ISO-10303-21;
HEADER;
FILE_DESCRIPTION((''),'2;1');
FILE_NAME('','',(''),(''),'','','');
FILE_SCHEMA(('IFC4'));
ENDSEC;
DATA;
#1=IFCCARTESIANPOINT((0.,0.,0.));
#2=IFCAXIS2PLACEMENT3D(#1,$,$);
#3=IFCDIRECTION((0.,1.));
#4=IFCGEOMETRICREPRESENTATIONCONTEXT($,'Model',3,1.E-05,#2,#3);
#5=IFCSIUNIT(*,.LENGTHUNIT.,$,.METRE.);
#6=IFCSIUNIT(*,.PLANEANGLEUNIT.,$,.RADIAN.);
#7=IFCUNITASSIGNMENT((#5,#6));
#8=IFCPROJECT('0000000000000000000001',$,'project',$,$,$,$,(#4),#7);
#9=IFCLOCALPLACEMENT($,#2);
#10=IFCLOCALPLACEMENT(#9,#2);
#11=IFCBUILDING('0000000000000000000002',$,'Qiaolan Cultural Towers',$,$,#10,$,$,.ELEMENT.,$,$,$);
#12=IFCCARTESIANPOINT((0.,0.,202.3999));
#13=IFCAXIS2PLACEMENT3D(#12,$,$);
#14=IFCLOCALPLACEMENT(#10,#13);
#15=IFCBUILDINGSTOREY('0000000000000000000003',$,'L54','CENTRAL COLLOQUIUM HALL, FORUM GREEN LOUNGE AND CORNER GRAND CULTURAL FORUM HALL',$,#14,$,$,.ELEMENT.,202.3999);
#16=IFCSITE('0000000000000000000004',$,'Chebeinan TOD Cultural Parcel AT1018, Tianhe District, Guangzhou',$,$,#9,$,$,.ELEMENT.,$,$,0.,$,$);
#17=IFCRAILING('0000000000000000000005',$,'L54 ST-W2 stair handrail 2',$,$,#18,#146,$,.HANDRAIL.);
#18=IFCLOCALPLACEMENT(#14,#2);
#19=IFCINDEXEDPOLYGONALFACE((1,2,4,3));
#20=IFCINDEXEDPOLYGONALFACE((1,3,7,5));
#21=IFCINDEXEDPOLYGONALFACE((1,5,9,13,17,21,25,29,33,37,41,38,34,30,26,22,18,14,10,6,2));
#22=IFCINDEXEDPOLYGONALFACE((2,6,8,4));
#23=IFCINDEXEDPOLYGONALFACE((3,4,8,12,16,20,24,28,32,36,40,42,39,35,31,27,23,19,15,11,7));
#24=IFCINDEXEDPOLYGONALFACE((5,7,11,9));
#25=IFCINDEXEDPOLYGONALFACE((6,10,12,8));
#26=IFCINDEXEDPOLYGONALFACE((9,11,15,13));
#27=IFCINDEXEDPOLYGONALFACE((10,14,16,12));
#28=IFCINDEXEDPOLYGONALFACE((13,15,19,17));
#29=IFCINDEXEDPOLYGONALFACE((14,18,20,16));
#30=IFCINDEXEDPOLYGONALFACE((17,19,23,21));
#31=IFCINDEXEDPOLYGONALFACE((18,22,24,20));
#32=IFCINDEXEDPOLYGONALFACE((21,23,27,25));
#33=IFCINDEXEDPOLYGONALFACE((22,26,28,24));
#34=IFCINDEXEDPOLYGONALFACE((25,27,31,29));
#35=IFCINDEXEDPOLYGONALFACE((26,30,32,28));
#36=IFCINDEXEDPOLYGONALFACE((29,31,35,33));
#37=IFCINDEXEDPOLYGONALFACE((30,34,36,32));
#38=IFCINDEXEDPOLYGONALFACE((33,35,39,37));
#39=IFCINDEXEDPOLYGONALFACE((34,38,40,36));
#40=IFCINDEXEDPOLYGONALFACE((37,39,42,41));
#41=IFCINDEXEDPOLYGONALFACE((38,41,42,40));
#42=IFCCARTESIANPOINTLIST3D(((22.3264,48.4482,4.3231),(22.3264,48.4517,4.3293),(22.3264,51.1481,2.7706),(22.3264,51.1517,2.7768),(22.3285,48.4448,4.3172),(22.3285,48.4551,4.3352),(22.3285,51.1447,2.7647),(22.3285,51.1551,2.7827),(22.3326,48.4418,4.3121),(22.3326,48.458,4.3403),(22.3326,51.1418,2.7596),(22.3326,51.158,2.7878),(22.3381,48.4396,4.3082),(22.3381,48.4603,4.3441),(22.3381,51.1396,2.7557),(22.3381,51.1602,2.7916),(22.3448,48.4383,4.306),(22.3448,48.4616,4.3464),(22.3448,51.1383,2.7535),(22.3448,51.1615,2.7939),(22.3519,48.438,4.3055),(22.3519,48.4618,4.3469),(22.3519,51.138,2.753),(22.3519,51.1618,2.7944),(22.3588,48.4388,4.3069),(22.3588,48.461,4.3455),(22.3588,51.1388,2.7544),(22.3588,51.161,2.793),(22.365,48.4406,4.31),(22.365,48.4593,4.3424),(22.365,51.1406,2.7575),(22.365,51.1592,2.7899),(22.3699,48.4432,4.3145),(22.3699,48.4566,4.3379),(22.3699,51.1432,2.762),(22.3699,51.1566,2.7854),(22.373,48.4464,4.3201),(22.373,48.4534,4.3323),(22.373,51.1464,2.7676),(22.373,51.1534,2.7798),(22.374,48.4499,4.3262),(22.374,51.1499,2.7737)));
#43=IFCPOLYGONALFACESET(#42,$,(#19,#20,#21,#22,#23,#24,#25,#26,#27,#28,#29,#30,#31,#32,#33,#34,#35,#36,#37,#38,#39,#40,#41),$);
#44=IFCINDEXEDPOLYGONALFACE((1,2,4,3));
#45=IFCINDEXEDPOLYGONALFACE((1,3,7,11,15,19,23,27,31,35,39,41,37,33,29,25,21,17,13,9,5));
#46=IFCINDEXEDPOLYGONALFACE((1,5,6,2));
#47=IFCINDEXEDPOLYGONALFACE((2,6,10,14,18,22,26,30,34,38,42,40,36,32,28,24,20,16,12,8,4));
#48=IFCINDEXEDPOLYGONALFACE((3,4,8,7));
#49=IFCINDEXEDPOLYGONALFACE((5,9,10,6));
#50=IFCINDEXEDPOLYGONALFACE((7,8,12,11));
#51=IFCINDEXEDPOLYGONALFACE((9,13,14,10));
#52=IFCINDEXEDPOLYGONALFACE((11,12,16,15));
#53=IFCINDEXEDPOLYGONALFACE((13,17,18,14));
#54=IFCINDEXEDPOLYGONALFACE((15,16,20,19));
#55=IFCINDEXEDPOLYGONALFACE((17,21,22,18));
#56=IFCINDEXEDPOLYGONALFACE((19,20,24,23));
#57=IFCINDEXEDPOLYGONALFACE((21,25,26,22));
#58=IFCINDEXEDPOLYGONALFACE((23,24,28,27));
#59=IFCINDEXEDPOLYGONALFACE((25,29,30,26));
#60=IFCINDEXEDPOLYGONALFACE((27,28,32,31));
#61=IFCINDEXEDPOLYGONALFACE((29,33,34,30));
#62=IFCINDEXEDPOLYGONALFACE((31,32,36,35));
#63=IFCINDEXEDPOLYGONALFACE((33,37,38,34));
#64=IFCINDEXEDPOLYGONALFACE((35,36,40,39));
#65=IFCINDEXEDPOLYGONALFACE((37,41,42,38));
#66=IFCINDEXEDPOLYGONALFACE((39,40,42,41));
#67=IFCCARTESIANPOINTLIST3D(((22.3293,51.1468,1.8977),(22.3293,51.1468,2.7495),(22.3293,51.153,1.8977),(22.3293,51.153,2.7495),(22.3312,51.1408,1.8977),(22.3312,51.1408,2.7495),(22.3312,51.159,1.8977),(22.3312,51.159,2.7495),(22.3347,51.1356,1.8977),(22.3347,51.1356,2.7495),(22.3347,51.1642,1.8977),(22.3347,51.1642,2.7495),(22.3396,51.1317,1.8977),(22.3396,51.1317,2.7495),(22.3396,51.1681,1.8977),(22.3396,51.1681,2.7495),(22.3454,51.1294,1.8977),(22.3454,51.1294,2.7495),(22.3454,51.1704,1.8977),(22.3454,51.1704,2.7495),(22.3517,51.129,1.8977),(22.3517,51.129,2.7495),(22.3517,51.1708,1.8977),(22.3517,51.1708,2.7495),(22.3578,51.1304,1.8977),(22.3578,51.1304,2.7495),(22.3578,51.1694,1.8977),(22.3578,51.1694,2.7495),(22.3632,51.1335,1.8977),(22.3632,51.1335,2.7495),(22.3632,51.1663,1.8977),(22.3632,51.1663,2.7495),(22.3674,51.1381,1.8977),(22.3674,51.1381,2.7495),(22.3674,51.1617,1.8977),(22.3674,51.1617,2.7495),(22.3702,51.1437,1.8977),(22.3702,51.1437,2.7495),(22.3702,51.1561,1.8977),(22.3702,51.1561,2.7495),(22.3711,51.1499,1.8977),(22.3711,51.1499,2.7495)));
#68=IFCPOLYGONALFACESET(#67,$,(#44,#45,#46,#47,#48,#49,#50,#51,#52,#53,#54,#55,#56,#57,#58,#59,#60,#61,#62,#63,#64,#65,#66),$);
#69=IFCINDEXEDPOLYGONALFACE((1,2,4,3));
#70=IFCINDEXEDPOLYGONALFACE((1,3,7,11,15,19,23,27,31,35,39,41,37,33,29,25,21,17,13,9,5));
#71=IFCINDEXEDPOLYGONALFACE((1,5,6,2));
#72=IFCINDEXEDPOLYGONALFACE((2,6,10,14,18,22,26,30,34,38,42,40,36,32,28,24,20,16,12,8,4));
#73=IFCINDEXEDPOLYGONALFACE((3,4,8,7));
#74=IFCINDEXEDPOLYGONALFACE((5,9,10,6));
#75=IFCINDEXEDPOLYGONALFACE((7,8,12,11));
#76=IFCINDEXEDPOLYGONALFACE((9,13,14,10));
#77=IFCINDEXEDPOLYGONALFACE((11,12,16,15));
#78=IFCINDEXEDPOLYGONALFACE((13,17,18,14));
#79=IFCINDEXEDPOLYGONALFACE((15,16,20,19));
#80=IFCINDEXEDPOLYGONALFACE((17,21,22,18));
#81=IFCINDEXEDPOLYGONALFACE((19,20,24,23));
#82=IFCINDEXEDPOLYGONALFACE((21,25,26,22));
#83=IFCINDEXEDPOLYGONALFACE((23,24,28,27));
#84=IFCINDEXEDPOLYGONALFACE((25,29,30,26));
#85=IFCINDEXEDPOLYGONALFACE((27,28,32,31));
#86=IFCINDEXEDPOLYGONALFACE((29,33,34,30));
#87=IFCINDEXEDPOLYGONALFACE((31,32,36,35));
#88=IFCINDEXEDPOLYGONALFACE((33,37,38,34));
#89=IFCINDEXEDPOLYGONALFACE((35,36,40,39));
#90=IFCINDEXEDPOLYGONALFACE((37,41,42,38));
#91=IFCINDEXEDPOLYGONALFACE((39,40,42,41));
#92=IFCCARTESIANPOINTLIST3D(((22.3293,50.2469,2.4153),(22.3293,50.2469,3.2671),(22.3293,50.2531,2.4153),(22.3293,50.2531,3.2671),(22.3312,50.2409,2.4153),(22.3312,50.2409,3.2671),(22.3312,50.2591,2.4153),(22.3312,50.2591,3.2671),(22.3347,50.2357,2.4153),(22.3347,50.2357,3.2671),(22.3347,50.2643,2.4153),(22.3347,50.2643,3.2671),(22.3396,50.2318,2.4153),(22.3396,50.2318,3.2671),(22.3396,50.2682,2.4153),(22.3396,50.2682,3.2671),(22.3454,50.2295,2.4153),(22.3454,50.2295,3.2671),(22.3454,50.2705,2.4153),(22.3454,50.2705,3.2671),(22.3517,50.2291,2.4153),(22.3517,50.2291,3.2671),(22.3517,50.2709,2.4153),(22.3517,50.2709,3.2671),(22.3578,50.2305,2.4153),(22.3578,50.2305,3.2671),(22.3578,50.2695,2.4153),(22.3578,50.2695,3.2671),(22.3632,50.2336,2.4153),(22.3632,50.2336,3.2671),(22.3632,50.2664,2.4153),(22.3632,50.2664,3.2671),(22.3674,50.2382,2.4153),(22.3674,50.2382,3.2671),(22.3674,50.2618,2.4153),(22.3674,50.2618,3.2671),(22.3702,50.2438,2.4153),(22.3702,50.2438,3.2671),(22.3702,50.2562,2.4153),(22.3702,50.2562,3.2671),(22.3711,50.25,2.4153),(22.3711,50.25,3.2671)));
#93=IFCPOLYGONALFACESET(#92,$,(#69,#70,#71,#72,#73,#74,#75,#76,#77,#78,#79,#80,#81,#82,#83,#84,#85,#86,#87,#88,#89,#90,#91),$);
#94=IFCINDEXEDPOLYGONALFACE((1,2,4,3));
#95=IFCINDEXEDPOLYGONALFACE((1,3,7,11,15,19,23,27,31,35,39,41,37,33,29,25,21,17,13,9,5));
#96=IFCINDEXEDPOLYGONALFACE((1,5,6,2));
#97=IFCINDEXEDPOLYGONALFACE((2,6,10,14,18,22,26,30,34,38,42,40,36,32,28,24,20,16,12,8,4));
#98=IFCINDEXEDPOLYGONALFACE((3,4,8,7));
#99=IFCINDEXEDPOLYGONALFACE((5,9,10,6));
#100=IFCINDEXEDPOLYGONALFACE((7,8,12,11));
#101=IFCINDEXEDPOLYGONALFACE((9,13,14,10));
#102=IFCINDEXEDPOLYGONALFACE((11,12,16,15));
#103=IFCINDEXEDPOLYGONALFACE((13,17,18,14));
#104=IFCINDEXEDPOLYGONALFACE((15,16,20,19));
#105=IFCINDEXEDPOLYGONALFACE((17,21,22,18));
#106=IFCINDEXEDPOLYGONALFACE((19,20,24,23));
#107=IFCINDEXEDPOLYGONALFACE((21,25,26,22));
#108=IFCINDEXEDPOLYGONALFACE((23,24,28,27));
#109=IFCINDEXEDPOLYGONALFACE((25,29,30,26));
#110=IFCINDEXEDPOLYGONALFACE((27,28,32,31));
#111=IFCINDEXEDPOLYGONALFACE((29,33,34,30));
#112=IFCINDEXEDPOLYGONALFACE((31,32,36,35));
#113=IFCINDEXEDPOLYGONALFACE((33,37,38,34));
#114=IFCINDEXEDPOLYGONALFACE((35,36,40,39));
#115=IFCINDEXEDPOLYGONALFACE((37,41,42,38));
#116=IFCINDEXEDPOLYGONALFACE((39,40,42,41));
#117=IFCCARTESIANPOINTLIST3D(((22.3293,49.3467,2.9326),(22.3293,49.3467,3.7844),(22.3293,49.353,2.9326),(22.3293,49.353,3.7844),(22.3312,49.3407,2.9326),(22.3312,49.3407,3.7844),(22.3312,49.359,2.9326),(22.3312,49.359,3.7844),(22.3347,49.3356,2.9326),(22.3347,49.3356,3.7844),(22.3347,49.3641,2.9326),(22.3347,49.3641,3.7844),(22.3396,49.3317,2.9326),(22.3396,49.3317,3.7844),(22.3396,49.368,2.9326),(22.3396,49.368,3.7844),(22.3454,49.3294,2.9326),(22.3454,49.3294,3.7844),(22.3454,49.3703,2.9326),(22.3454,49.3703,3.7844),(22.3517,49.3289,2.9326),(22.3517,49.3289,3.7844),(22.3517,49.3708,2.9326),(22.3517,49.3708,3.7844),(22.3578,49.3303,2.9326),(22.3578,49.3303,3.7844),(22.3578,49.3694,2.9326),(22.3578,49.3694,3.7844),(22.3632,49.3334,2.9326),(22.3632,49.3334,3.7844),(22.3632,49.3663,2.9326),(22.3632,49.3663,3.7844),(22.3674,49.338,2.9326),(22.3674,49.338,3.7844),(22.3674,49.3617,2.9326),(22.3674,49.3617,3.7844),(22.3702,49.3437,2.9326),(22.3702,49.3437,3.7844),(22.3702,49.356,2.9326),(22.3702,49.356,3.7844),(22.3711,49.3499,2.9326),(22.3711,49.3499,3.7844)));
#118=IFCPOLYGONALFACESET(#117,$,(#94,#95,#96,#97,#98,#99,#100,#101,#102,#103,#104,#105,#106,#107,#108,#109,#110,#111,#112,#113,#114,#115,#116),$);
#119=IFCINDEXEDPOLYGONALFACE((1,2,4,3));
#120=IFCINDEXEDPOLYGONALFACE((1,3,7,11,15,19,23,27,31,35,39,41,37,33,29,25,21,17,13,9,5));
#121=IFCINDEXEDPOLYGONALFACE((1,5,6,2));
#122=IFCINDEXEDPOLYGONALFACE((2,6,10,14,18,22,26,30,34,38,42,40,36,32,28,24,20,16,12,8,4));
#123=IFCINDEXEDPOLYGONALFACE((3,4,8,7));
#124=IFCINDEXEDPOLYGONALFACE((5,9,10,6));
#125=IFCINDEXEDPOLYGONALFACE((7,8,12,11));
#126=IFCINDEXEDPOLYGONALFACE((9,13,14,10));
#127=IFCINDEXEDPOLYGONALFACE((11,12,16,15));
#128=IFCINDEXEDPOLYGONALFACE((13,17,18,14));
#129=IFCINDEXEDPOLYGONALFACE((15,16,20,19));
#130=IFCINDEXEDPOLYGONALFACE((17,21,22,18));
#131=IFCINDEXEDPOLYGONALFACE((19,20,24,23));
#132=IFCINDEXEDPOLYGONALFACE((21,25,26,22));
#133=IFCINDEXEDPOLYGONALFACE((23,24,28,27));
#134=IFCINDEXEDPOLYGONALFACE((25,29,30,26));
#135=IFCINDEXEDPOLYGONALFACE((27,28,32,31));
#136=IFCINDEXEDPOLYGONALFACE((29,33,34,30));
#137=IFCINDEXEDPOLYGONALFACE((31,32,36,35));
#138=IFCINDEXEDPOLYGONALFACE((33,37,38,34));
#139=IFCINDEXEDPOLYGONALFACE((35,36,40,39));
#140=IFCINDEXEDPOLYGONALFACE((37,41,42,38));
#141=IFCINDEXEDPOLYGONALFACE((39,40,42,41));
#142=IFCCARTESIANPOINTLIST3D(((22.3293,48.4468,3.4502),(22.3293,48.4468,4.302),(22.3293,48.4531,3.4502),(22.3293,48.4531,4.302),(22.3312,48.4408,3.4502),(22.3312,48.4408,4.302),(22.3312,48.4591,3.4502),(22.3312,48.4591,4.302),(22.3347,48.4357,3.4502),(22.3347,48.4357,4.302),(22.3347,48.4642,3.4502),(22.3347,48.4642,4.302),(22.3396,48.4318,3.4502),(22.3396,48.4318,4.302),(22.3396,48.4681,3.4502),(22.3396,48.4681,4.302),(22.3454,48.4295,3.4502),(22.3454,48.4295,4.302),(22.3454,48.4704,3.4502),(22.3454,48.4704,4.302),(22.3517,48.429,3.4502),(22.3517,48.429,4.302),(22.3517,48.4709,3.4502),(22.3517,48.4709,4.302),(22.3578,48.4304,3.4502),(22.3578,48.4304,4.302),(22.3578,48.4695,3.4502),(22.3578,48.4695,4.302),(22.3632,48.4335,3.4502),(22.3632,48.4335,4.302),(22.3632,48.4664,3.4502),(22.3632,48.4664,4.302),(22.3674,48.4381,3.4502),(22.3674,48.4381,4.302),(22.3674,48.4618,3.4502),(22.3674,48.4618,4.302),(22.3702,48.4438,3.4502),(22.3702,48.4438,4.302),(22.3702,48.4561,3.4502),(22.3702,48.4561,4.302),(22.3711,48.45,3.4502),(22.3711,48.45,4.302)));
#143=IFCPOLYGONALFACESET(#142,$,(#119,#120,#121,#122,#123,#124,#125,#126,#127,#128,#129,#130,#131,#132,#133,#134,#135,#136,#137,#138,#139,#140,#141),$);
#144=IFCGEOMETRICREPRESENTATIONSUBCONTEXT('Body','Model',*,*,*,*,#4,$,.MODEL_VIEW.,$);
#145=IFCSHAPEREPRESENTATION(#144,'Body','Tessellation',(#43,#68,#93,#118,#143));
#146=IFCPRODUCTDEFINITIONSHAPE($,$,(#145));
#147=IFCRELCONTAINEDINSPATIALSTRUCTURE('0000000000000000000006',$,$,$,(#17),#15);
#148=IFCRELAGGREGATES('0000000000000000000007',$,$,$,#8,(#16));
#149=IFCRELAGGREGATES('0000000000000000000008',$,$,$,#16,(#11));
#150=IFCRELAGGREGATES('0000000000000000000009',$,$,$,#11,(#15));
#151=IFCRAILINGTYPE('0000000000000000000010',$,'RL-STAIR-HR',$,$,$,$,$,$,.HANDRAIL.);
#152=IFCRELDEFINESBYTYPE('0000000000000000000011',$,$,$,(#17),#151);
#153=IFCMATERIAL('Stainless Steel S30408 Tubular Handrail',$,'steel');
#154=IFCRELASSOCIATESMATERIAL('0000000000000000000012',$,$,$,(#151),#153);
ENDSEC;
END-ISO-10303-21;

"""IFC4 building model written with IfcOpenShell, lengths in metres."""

from ifc_helpers import new_model, si_unit, direction, frame, origin, origin_2d, place, context, subcontext, project, spatial, circle, extrude, material, type_object, element, save


model = new_model("IFC4")

# Units and contexts
model_context = context("Model", 3, precision=1e-05, world=origin(), true_north=direction((0.0, 1.0)))
body_context = subcontext(model_context, "Body", "Model", "MODEL_VIEW")
ifc_project = project(units=[si_unit("LENGTHUNIT", "METRE"), si_unit("PLANEANGLEUNIT", "RADIAN")], contexts=[model_context])

# Site, building, storey
site_placement = place(None, origin())
site = spatial("IfcSite", under=ifc_project, at=site_placement, Name="Chebeinan TOD Cultural Parcel AT1018, Tianhe District, Guangzhou", CompositionType="ELEMENT", RefElevation=0.0)
building_placement = place(site_placement, origin())
building = spatial("IfcBuilding", under=site, at=building_placement, Name="Qiaolan Cultural Towers", CompositionType="ELEMENT")
storey_placement = place(building_placement, frame((0.0, 0.0, 202.3999)))
storey = spatial("IfcBuildingStorey", under=building, at=storey_placement, Name="L54", Description="CENTRAL COLLOQUIUM HALL, FORUM GREEN LOUNGE AND CORNER GRAND CULTURAL FORUM HALL", CompositionType="ELEMENT", Elevation=202.3999)

# Railing
ifc_material_1 = material(Name="Stainless Steel S30408 Tubular Handrail", Category="steel")
railing_type = type_object("IfcRailingType", Name="RL-STAIR-HR", PredefinedType="HANDRAIL", material=ifc_material_1)
railing_placement = place(storey_placement, frame((22.3501, 51.1499, 1.8977)))
element("IfcRailing", 1, at=railing_placement, inside=storey, type_object=railing_type, Name="L54 ST-W2 stair handrail 2", PredefinedType="HANDRAIL", context=body_context, shape_type="SweptSolid", body=[
    extrude(circle(Radius=0.0239, at=origin_2d()), frame((0.0, 0.0, 0.876), z_axis=(0.0, -0.866904, 0.498476), x_axis=(1.0, 0.0, 0.0)), (0.0, 0.0, 1.0), 3.1145),
    extrude(circle(Radius=0.021, at=origin_2d()), origin(), (0.0, 0.0, 1.0), 0.8518),
    extrude(circle(Radius=0.021, at=origin_2d()), frame((0.0, -0.8999, 0.5176)), (0.0, 0.0, 1.0), 0.8518),
    extrude(circle(Radius=0.021, at=origin_2d()), frame((0.0, -1.8, 1.0349)), (0.0, 0.0, 1.0), 0.8518),
    extrude(circle(Radius=0.021, at=origin_2d()), frame((0.0, -2.7, 1.5525)), (0.0, 0.0, 1.0), 0.8518),
])

save(model, "model.ifc")
